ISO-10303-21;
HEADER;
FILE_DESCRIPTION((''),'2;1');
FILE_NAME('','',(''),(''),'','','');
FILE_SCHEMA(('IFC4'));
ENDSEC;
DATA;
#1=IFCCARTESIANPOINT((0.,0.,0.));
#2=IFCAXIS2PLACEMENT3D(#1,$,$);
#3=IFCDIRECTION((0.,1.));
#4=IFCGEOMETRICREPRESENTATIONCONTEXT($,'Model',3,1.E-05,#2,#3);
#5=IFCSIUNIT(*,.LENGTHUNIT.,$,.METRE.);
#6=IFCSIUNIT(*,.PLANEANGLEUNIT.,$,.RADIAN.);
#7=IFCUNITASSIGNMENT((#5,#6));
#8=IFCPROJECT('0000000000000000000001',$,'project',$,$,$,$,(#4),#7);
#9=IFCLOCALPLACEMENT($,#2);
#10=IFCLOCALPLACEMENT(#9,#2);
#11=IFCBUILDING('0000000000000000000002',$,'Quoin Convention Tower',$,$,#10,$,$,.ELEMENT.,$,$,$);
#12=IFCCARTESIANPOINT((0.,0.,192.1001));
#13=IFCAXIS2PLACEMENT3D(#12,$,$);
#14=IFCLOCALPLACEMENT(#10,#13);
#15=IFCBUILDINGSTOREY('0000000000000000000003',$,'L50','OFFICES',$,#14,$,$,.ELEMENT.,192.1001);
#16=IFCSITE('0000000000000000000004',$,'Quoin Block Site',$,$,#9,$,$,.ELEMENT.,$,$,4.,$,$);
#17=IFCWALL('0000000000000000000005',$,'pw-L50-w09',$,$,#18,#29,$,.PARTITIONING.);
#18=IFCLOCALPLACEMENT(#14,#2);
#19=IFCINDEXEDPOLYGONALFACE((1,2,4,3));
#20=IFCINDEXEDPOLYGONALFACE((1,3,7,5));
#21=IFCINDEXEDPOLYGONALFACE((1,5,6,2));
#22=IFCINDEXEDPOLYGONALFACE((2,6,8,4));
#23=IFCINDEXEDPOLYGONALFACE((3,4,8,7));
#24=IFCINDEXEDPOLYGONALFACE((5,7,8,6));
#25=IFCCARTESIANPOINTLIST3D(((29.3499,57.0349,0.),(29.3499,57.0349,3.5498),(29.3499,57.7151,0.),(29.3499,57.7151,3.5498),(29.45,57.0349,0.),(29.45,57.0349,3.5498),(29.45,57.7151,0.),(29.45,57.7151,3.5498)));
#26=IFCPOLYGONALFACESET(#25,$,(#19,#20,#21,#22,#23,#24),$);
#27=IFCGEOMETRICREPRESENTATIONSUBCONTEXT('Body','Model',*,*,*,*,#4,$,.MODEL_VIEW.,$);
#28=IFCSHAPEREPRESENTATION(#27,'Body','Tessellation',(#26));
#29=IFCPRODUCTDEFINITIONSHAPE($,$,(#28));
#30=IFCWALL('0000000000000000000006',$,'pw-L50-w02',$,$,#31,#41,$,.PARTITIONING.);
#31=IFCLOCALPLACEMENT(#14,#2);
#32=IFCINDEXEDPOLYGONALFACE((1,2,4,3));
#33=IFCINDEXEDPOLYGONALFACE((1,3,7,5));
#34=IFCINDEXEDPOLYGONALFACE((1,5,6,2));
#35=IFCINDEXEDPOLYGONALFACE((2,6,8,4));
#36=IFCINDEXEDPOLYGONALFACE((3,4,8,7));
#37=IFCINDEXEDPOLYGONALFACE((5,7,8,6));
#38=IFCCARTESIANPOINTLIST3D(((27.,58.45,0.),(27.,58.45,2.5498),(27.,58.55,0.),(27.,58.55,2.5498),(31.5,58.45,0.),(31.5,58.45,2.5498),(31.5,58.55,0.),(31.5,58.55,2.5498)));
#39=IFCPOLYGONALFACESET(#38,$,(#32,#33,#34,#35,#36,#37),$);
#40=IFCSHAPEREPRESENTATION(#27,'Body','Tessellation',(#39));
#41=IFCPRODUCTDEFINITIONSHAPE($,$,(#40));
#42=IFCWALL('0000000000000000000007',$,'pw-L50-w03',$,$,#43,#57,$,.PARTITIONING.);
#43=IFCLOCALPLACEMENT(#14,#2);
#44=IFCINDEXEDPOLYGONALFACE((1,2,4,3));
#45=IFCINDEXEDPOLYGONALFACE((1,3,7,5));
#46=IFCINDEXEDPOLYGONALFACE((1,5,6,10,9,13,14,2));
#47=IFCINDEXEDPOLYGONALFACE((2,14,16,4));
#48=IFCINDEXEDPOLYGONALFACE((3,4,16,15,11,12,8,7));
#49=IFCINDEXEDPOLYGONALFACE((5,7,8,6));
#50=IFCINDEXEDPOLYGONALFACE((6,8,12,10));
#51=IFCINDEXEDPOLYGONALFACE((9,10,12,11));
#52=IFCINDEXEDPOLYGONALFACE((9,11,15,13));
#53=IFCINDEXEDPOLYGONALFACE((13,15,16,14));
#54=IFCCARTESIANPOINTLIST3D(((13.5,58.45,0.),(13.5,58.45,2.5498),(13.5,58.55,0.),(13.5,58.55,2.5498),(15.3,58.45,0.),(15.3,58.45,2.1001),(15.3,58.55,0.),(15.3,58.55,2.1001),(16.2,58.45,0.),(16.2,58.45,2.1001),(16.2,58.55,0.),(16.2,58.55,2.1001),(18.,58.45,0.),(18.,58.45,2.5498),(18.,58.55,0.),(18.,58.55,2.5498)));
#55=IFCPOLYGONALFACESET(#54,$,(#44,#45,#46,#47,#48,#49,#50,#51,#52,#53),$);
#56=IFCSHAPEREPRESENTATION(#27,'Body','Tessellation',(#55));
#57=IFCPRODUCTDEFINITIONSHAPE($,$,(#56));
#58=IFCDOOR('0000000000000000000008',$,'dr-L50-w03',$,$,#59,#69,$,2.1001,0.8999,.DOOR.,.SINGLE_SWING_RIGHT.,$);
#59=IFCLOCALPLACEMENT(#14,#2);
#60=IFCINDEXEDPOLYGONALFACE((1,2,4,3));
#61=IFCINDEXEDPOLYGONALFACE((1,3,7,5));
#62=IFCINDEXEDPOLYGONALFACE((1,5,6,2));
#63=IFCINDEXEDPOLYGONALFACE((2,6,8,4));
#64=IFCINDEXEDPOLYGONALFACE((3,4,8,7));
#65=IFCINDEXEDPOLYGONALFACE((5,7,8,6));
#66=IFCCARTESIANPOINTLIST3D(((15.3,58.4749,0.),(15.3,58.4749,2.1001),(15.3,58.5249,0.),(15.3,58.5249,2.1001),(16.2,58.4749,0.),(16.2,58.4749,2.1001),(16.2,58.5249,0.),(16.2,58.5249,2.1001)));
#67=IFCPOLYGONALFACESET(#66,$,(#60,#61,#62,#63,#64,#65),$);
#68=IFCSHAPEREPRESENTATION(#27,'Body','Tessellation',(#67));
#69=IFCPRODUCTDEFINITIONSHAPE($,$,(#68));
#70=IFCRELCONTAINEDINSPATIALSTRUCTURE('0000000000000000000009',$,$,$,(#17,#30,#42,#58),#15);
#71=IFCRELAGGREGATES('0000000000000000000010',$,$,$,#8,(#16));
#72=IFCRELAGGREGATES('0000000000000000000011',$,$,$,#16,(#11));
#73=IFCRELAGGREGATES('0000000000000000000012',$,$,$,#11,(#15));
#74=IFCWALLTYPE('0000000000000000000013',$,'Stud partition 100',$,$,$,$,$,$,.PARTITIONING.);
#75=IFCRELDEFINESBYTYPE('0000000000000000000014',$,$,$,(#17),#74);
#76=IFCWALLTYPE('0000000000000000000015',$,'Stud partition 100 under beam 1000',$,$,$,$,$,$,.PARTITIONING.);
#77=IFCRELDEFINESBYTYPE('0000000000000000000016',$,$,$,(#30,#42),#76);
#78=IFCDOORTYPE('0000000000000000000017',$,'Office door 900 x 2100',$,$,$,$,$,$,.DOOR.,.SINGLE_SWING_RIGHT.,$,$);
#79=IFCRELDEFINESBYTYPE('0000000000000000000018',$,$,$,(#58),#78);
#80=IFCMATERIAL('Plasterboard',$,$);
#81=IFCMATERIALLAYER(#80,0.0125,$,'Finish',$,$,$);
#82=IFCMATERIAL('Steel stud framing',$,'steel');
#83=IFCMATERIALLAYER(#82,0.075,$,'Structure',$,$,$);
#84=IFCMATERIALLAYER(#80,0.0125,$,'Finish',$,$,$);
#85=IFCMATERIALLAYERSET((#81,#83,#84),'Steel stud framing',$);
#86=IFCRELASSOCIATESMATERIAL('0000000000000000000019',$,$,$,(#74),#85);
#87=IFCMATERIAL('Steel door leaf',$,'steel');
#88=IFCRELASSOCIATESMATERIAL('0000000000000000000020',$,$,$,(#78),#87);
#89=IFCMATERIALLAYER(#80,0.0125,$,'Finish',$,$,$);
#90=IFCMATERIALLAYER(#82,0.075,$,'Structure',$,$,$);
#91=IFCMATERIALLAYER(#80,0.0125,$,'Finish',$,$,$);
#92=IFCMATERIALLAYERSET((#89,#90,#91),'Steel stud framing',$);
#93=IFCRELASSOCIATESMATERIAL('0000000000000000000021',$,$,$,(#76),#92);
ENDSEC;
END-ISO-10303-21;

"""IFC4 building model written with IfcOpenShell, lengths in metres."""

from ifc_helpers import new_model, si_unit, direction, frame, frame_2d, origin, place, context, subcontext, project, spatial, rectangle, extrude, material, layer, layer_set, type_object, element, fill, save


model = new_model("IFC4")

# Units and contexts
model_context = context("Model", 3, precision=1e-05, world=origin(), true_north=direction((0.0, 1.0)))
body_context = subcontext(model_context, "Body", "Model", "MODEL_VIEW")
ifc_project = project(units=[si_unit("LENGTHUNIT", "METRE"), si_unit("PLANEANGLEUNIT", "RADIAN")], contexts=[model_context])

# Site, building, storey
site_placement = place(None, origin())
site = spatial("IfcSite", under=ifc_project, at=site_placement, Name="Quoin Block Site", CompositionType="ELEMENT", RefElevation=4.0)
building_placement = place(site_placement, origin())
building = spatial("IfcBuilding", under=site, at=building_placement, Name="Quoin Convention Tower", CompositionType="ELEMENT")
storey_placement = place(building_placement, frame((0.0, 0.0, 192.1001)))
storey = spatial("IfcBuildingStorey", under=building, at=storey_placement, Name="L50", Description="OFFICES", CompositionType="ELEMENT", Elevation=192.1001)

# Shared definitions
ifc_material_1 = material(Name="Plasterboard")
ifc_material_2 = material(Name="Steel stud framing", Category="steel")
ifc_material_3 = material(Name="Steel door leaf", Category="steel")

# Shared definitions
ifc_layer_1 = layer(ifc_material_1, 0.0125, Name="Finish")
ifc_layer_2 = layer(ifc_material_2, 0.075, Name="Structure")
ifc_layer_3 = layer(ifc_material_1, 0.0125, Name="Finish")
ifc_layer_set_1 = layer_set([ifc_layer_1, ifc_layer_2, ifc_layer_3], Name="Steel stud framing")
wall_type_1 = type_object("IfcWallType", Name="Stud partition 100", PredefinedType="PARTITIONING", material=ifc_layer_set_1)
door_type_1 = type_object("IfcDoorType", Name="Office door 900 x 2100", OperationType="SINGLE_SWING_RIGHT", PredefinedType="DOOR", material=ifc_material_3)

# Walls
wall_1_placement = place(storey_placement, frame((29.3999, 57.7151, 0.0), z_axis=(0.0, 0.0, 1.0), x_axis=(0.0, -1.0, 0.0)))
element("IfcWall", 1, at=wall_1_placement, inside=storey, type_object=wall_type_1, Name="pw-L50-w09", PredefinedType="PARTITIONING", context=body_context, shape_type="SweptSolid", body=[
    extrude(rectangle(XDim=0.6802, YDim=0.1001, at=frame_2d((0.3401, 0.0))), origin(), (0.0, 0.0, 1.0), 3.5498),
])
ifc_layer_4 = layer(ifc_material_1, 0.0125, Name="Finish")
ifc_layer_5 = layer(ifc_material_2, 0.075, Name="Structure")
ifc_layer_6 = layer(ifc_material_1, 0.0125, Name="Finish")
ifc_layer_set_2 = layer_set([ifc_layer_4, ifc_layer_5, ifc_layer_6], Name="Steel stud framing")
wall_type_2 = type_object("IfcWallType", Name="Stud partition 100 under beam 1000", PredefinedType="PARTITIONING", material=ifc_layer_set_2)
wall_2_placement = place(storey_placement, frame((31.5, 58.5, 0.0), z_axis=(0.0, 0.0, 1.0), x_axis=(-1.0, 0.0, 0.0)))
element("IfcWall", 2, at=wall_2_placement, inside=storey, type_object=wall_type_2, Name="pw-L50-w02", PredefinedType="PARTITIONING", context=body_context, shape_type="SweptSolid", body=[
    extrude(rectangle(XDim=4.5, YDim=0.1001, at=frame_2d((2.25, 0.0))), origin(), (0.0, 0.0, 1.0), 2.5498),
])

# Wall, opening, door
wall_3_placement = place(storey_placement, frame((13.5, 58.5, 0.0), z_axis=(0.0, 0.0, 1.0), x_axis=(1.0, 0.0, 0.0)))
wall_3 = element("IfcWall", 3, at=wall_3_placement, inside=storey, type_object=wall_type_2, Name="pw-L50-w03", PredefinedType="PARTITIONING", context=body_context, shape_type="SweptSolid", body=[
    extrude(rectangle(XDim=4.5, YDim=0.1001, at=frame_2d((2.25, 0.0))), origin(), (0.0, 0.0, 1.0), 2.5498),
])
opening_1_placement = place(wall_3_placement, frame((1.8, 0.0, 0.0)))
opening_1 = element("IfcOpeningElement", 4, at=opening_1_placement, cuts=wall_3, PredefinedType="OPENING", context=body_context, shape_type="SweptSolid", body=[
    extrude(rectangle(XDim=0.8999, YDim=2.1001, at=frame_2d((0.45, 1.05))), frame((0.0, 0.0601, 0.0), z_axis=(0.0, -1.0, 0.0), x_axis=(1.0, 0.0, 0.0)), (0.0, 0.0, 1.0), 0.1201),
])
door_1_placement = place(opening_1_placement, origin())
door_1 = element("IfcDoor", 5, at=door_1_placement, inside=storey, type_object=door_type_1, Name="dr-L50-w03", OperationType="SINGLE_SWING_RIGHT", OverallHeight=2.1001, OverallWidth=0.8999, PredefinedType="DOOR", context=body_context, shape_type="SweptSolid", body=[
    extrude(rectangle(XDim=0.8999, YDim=2.1001, at=frame_2d((0.45, 1.05))), frame((0.0, 0.0249, 0.0), z_axis=(0.0, -1.0, 0.0), x_axis=(1.0, 0.0, 0.0)), (0.0, 0.0, 1.0), 0.05),
])
fill(opening_1, door_1)

save(model, "model.ifc")
